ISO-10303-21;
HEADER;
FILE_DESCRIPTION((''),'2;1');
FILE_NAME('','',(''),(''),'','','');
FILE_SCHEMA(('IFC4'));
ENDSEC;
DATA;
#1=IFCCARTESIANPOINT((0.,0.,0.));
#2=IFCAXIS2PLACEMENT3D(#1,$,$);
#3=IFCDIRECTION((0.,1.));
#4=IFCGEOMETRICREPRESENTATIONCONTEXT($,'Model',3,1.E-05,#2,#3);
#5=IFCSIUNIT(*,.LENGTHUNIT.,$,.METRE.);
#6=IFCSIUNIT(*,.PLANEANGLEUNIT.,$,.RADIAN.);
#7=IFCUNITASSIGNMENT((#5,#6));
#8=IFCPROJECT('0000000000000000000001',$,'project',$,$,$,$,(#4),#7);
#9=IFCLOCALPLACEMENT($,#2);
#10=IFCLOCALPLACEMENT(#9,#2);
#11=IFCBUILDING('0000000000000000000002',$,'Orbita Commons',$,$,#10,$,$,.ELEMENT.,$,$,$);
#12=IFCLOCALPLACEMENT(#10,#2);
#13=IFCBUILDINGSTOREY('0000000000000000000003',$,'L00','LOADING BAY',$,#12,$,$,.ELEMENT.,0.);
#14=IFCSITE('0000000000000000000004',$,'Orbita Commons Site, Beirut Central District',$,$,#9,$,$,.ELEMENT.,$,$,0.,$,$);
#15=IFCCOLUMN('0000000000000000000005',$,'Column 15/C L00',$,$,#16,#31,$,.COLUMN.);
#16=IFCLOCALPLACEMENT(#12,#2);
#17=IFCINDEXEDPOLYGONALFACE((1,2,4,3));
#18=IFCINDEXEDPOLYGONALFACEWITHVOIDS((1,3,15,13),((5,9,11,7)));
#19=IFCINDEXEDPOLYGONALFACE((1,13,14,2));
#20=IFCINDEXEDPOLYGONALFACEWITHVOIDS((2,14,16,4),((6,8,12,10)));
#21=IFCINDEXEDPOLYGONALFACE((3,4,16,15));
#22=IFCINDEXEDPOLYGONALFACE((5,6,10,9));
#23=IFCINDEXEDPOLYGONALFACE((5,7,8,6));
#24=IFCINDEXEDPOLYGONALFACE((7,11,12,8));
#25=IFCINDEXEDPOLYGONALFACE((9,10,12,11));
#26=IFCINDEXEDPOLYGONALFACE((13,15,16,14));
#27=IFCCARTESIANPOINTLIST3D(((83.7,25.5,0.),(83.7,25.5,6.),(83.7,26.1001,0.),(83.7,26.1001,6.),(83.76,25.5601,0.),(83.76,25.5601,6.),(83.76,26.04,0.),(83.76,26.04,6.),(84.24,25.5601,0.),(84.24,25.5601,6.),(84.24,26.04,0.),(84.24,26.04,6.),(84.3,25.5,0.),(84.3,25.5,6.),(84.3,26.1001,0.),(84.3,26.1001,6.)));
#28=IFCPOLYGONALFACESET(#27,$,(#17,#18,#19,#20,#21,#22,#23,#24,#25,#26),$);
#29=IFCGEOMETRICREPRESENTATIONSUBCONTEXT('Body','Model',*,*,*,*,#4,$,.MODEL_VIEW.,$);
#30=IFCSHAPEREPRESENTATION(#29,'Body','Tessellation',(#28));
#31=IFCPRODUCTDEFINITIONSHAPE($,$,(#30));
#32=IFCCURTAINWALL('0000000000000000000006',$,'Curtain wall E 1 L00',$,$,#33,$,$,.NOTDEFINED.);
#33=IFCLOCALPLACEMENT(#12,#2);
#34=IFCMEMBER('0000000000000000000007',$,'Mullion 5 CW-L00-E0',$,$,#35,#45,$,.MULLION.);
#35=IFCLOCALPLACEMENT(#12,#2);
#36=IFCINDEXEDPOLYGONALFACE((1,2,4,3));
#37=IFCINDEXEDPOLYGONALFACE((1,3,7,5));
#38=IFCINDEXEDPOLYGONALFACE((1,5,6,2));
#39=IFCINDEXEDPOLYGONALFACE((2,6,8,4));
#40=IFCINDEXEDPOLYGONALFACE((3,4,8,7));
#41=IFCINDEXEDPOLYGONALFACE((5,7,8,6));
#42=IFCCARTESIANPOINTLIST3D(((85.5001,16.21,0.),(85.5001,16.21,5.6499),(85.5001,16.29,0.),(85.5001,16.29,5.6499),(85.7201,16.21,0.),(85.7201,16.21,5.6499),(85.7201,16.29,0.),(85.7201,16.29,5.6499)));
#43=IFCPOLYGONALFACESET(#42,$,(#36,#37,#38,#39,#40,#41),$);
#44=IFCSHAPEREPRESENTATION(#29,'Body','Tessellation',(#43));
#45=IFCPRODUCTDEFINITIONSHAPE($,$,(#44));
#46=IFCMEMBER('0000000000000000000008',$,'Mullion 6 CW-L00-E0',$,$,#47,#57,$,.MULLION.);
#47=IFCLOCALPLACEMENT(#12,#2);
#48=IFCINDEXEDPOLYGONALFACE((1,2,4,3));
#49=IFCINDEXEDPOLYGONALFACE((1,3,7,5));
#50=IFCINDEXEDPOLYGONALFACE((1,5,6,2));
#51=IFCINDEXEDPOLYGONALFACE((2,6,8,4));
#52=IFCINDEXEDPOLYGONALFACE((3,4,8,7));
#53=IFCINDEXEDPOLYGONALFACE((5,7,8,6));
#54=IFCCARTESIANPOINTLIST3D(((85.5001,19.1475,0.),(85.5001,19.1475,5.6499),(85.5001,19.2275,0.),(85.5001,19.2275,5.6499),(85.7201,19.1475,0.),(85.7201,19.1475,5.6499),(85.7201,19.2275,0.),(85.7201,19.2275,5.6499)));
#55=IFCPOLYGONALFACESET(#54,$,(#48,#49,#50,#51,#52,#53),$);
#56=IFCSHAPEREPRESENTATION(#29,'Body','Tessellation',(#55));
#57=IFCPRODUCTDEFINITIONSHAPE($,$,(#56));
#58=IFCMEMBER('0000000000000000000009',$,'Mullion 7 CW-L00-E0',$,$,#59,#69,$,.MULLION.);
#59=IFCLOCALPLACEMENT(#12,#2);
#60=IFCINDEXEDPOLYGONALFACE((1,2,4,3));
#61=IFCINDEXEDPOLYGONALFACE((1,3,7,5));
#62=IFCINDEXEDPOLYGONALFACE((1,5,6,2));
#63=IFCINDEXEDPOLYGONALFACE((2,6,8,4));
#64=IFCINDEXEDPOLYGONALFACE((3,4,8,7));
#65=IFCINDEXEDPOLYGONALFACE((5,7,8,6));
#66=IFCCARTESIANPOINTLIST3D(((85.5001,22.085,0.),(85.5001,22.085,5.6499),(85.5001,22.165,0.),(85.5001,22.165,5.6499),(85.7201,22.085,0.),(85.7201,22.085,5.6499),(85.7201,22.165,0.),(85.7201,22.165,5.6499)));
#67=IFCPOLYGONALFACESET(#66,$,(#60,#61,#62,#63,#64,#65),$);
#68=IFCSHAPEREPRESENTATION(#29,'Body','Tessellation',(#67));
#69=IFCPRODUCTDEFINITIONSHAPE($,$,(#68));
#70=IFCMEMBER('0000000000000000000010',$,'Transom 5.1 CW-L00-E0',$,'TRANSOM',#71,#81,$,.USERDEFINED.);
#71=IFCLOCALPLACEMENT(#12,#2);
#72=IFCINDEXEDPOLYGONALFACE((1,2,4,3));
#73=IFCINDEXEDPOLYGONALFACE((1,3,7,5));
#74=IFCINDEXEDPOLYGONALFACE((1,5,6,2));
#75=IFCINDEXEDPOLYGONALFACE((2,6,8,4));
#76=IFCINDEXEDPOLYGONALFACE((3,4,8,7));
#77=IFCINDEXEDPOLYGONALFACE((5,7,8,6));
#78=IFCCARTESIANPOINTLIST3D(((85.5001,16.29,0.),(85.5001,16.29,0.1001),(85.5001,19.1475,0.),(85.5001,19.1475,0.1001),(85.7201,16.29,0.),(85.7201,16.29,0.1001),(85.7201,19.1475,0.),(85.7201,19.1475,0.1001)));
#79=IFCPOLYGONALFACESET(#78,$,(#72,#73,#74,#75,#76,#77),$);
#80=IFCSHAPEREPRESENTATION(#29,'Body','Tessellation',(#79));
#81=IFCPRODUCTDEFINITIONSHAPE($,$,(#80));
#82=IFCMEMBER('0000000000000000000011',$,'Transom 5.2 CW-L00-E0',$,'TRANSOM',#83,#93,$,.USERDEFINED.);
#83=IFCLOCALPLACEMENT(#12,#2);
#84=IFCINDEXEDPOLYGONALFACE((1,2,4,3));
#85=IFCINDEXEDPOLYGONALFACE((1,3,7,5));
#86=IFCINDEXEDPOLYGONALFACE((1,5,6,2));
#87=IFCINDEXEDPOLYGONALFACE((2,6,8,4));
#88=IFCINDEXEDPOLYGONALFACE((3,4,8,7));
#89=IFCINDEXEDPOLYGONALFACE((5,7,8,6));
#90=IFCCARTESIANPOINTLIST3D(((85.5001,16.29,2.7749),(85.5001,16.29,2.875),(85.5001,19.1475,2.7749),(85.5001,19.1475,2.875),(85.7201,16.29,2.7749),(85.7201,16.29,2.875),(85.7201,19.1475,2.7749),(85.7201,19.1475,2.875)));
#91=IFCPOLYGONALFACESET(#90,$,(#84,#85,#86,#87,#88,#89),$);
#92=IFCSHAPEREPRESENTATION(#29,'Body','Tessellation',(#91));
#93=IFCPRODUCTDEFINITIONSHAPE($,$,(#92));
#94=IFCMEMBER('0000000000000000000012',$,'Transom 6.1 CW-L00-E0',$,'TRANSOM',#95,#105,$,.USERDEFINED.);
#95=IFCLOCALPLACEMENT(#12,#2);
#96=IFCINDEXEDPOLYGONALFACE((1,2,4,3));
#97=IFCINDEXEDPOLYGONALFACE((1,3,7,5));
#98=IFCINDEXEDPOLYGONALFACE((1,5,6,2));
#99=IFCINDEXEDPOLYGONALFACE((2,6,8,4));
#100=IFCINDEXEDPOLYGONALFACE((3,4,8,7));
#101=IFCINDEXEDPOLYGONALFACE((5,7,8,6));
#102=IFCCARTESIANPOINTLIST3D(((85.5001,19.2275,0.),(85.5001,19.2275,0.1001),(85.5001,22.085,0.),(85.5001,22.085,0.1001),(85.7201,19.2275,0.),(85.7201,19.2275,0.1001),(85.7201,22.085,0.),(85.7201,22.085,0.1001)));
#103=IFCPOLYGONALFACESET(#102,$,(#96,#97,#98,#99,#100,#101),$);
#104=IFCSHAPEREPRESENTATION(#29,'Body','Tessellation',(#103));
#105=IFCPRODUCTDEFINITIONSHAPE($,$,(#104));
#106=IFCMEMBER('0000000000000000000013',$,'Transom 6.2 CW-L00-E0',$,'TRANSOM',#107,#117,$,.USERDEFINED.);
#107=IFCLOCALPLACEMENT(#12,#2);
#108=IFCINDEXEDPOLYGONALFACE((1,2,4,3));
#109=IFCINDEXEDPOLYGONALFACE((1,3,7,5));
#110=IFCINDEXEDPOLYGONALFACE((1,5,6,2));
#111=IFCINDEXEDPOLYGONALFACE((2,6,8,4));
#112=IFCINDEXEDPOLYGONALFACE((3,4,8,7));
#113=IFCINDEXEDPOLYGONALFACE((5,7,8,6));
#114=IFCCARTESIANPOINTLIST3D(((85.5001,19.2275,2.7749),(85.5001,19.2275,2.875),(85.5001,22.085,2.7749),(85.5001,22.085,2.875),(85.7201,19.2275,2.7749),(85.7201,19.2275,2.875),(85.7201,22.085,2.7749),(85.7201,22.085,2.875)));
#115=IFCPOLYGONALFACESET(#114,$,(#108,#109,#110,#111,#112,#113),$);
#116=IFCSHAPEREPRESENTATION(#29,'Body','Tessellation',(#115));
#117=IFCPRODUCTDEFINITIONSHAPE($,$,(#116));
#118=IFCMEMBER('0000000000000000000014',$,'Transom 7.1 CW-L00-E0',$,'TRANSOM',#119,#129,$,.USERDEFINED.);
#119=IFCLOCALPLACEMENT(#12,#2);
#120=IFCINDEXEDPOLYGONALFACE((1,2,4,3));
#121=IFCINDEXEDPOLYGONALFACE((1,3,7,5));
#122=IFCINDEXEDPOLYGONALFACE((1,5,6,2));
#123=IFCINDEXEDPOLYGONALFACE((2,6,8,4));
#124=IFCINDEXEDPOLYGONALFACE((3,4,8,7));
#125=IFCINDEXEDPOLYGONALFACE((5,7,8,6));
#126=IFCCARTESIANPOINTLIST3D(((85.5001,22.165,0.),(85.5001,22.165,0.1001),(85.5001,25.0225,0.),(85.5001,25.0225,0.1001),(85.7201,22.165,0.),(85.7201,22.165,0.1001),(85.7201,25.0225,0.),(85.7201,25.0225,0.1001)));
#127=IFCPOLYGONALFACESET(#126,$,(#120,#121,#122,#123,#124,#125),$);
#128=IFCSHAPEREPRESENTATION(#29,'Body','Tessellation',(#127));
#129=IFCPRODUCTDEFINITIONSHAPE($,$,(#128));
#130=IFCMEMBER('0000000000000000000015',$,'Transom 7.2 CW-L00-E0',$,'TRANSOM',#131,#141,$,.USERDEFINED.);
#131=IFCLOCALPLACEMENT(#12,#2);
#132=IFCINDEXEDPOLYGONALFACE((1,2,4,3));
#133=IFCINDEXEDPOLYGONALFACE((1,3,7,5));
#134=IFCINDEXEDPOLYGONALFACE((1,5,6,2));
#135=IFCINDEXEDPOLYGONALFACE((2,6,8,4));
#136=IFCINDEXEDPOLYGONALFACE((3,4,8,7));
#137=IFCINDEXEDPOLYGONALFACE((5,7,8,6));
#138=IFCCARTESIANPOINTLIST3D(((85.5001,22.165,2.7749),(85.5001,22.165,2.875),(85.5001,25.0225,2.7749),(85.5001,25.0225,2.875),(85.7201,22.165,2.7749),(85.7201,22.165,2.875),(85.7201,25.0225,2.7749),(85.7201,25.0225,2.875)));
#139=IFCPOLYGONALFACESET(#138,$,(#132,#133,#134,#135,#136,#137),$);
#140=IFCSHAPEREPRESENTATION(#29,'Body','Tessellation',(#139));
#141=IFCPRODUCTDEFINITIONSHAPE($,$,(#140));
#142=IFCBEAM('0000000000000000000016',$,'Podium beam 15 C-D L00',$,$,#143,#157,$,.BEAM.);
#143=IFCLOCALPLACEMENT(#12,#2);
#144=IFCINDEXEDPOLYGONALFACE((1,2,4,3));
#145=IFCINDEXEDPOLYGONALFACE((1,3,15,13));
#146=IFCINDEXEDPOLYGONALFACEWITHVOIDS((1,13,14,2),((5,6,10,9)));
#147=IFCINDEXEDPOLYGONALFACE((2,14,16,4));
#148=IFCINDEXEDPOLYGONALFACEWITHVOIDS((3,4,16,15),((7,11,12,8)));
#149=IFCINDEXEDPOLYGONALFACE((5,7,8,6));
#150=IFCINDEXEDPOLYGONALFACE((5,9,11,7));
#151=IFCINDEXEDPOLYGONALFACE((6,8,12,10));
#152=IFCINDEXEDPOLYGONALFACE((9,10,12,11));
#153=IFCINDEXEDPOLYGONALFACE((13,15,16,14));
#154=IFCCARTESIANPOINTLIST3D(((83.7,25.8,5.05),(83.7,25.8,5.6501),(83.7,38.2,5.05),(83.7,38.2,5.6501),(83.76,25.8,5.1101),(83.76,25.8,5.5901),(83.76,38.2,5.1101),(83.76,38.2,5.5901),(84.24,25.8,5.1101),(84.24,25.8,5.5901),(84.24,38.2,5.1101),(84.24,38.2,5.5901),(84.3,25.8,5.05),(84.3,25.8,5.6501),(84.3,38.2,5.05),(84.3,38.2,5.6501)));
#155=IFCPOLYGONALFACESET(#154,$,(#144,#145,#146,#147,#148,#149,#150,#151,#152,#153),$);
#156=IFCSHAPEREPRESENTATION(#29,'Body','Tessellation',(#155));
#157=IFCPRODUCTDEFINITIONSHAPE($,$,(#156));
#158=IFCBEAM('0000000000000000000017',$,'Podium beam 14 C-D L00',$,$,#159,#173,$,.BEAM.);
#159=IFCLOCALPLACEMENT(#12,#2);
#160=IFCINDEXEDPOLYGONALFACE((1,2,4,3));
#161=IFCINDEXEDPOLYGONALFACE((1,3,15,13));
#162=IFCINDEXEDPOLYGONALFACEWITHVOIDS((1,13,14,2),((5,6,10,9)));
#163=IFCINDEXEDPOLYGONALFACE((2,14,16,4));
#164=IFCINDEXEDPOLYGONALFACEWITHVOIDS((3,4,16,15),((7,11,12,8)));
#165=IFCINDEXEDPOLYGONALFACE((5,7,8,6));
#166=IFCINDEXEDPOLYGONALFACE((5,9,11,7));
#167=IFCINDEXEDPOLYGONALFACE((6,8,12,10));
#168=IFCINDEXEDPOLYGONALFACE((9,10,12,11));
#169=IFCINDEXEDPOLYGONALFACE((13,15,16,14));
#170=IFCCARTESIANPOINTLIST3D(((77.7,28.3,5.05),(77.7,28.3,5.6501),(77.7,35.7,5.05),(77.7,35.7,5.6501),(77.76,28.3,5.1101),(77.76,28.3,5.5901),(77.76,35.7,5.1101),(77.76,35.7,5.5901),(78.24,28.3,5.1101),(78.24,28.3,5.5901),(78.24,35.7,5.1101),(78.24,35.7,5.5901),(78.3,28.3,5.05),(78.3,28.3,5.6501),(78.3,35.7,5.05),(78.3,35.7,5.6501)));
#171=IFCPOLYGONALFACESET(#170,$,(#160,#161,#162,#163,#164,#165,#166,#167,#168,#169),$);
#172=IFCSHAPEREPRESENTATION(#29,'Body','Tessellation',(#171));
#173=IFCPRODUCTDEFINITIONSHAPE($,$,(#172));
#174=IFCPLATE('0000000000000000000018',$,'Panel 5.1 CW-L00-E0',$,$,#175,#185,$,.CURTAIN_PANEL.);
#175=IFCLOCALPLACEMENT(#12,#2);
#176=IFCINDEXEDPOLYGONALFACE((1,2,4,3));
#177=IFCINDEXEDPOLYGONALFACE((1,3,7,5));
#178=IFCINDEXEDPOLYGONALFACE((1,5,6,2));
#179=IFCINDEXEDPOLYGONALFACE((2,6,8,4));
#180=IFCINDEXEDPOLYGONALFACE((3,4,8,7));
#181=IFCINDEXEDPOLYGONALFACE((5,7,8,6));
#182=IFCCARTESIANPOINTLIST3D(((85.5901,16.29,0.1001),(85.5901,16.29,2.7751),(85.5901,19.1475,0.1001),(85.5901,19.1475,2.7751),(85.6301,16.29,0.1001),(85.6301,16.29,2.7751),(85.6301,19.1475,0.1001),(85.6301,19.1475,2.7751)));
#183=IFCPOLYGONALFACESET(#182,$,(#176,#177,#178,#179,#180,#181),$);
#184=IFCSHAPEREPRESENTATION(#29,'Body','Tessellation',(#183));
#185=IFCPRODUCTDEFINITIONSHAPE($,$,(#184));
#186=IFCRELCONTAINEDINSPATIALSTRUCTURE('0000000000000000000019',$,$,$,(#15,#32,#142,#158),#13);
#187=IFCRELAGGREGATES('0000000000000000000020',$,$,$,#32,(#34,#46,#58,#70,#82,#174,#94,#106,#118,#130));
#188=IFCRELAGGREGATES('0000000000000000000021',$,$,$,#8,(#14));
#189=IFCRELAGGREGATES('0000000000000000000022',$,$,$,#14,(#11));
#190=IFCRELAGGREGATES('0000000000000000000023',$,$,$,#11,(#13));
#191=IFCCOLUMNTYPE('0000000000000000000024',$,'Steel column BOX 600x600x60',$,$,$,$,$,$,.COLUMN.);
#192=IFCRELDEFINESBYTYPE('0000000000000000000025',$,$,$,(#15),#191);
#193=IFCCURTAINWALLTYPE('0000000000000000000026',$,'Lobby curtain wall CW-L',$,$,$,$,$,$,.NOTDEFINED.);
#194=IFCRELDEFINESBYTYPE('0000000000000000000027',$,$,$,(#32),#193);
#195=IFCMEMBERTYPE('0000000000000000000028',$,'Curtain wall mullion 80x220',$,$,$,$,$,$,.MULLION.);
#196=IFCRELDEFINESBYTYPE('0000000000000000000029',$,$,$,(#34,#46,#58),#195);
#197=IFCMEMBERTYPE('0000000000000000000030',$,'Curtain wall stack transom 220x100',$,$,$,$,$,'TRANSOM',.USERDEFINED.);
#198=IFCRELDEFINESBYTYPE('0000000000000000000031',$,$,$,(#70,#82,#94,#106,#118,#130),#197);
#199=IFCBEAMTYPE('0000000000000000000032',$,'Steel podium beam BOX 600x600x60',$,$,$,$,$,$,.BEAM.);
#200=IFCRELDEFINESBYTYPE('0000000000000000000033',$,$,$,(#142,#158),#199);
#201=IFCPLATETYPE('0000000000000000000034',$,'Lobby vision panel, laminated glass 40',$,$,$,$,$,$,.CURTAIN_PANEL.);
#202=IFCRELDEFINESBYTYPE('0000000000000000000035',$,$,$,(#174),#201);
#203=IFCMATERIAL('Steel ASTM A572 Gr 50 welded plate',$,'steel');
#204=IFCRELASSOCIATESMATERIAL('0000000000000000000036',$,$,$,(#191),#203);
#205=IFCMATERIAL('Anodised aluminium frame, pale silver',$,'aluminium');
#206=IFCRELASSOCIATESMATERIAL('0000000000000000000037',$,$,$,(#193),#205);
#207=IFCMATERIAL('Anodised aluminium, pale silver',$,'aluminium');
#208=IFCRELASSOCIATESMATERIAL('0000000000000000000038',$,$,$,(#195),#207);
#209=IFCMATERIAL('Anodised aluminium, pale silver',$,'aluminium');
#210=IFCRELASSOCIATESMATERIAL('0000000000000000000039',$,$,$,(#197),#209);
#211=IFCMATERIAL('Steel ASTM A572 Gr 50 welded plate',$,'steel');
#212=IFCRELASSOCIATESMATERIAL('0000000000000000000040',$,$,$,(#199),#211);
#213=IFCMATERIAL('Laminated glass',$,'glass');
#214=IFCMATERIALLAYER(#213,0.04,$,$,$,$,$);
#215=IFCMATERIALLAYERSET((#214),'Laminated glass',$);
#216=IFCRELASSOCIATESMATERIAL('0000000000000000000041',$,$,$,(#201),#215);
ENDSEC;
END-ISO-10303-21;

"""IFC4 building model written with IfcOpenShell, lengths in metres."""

from ifc_helpers import new_model, si_unit, direction, frame, origin, origin_2d, place, context, subcontext, project, spatial, rectangle, hollow_rectangle, extrude, material, layer, layer_set, material_profile, profile_set, type_object, element, aggregate, save


model = new_model("IFC4")

# Units and contexts
model_context = context("Model", 3, precision=1e-05, world=origin(), true_north=direction((0.0, 1.0)))
body_context = subcontext(model_context, "Body", "Model", "MODEL_VIEW")
ifc_project = project(units=[si_unit("LENGTHUNIT", "METRE"), si_unit("PLANEANGLEUNIT", "RADIAN")], contexts=[model_context])

# Site, building, storey
site_placement = place(None, origin())
site = spatial("IfcSite", under=ifc_project, at=site_placement, Name="Orbita Commons Site, Beirut Central District", CompositionType="ELEMENT", RefElevation=0.0)
building_placement = place(site_placement, origin())
building = spatial("IfcBuilding", under=site, at=building_placement, Name="Orbita Commons", CompositionType="ELEMENT")
storey_placement = place(building_placement, origin())
storey = spatial("IfcBuildingStorey", under=building, at=storey_placement, Name="L00", Description="LOADING BAY", CompositionType="ELEMENT", Elevation=0.0)

# Column
ifc_material_1 = material(Name="Steel ASTM A572 Gr 50 welded plate", Category="steel")
ifc_material_profile_1 = material_profile(ifc_material_1, hollow_rectangle(XDim=0.6001, YDim=0.6001, WallThickness=0.0601, at=origin_2d()), Name="BOX 600x600x60")
ifc_profile_set_1 = profile_set([ifc_material_profile_1], Name="Steel ASTM A572 Gr 50 welded plate")
column_type = type_object("IfcColumnType", Name="Steel column BOX 600x600x60", PredefinedType="COLUMN", material=ifc_profile_set_1)
column_placement = place(storey_placement, frame((84.0, 25.8, 0.0), z_axis=(0.0, 0.0, 1.0), x_axis=(1.0, 0.0, 0.0)))
element("IfcColumn", 1, at=column_placement, inside=storey, type_object=column_type, Name="Column 15/C L00", PredefinedType="COLUMN", context=body_context, shape_type="SweptSolid", body=[
    extrude(hollow_rectangle(XDim=0.6001, YDim=0.6001, WallThickness=0.0601, at=origin_2d()), origin(), (0.0, 0.0, 1.0), 6.0),
])

# Curtain wall, members
ifc_material_2 = material(Name="Anodised aluminium frame, pale silver", Category="aluminium")
curtain_wall_type = type_object("IfcCurtainWallType", Name="Lobby curtain wall CW-L", PredefinedType="NOTDEFINED", material=ifc_material_2)
curtain_wall_placement = place(storey_placement, origin())
curtain_wall = element("IfcCurtainWall", 2, at=curtain_wall_placement, inside=storey, type_object=curtain_wall_type, Name="Curtain wall E 1 L00", PredefinedType="NOTDEFINED")
ifc_material_3 = material(Name="Anodised aluminium, pale silver", Category="aluminium")
ifc_material_profile_2 = material_profile(ifc_material_3, rectangle(XDim=0.0801, YDim=0.22, at=origin_2d()), Name="AL 80x220")
ifc_profile_set_2 = profile_set([ifc_material_profile_2], Name="Anodised aluminium, pale silver")
member_type_1 = type_object("IfcMemberType", Name="Curtain wall mullion 80x220", PredefinedType="MULLION", material=ifc_profile_set_2)
member_1_placement = place(storey_placement, frame((85.6101, 16.25, 0.0), z_axis=(0.0, 0.0, 1.0), x_axis=(0.0, 1.0, 0.0)))
member_1 = element("IfcMember", 3, at=member_1_placement, type_object=member_type_1, Name="Mullion 5 CW-L00-E0", PredefinedType="MULLION", context=body_context, shape_type="SweptSolid", body=[
    extrude(rectangle(XDim=0.0801, YDim=0.22, at=origin_2d()), origin(), (0.0, 0.0, 1.0), 5.6499),
])
member_2_placement = place(storey_placement, frame((85.6101, 19.1875, 0.0), z_axis=(0.0, 0.0, 1.0), x_axis=(0.0, 1.0, 0.0)))
member_2 = element("IfcMember", 4, at=member_2_placement, type_object=member_type_1, Name="Mullion 6 CW-L00-E0", PredefinedType="MULLION", context=body_context, shape_type="SweptSolid", body=[
    extrude(rectangle(XDim=0.0801, YDim=0.22, at=origin_2d()), origin(), (0.0, 0.0, 1.0), 5.6499),
])
member_3_placement = place(storey_placement, frame((85.6101, 22.125, 0.0), z_axis=(0.0, 0.0, 1.0), x_axis=(0.0, 1.0, 0.0)))
member_3 = element("IfcMember", 5, at=member_3_placement, type_object=member_type_1, Name="Mullion 7 CW-L00-E0", PredefinedType="MULLION", context=body_context, shape_type="SweptSolid", body=[
    extrude(rectangle(XDim=0.0801, YDim=0.22, at=origin_2d()), origin(), (0.0, 0.0, 1.0), 5.6499),
])
ifc_material_4 = material(Name="Anodised aluminium, pale silver", Category="aluminium")
ifc_material_profile_3 = material_profile(ifc_material_4, rectangle(XDim=0.22, YDim=0.1001, at=origin_2d()), Name="AL 220x100")
ifc_profile_set_3 = profile_set([ifc_material_profile_3], Name="Anodised aluminium, pale silver")
member_type_2 = type_object("IfcMemberType", Name="Curtain wall stack transom 220x100", ElementType="TRANSOM", PredefinedType="USERDEFINED", material=ifc_profile_set_3)
member_4_placement = place(storey_placement, frame((85.6101, 16.29, 0.05), z_axis=(0.0, 1.0, 0.0), x_axis=(-1.0, 0.0, 0.0)))
member_4 = element("IfcMember", 6, at=member_4_placement, type_object=member_type_2, Name="Transom 5.1 CW-L00-E0", ObjectType="TRANSOM", PredefinedType="USERDEFINED", context=body_context, shape_type="SweptSolid", body=[
    extrude(rectangle(XDim=0.22, YDim=0.1001, at=origin_2d()), origin(), (0.0, 0.0, 1.0), 2.8574),
])
member_5_placement = place(storey_placement, frame((85.6101, 16.29, 2.825), z_axis=(0.0, 1.0, 0.0), x_axis=(-1.0, 0.0, 0.0)))
member_5 = element("IfcMember", 7, at=member_5_placement, type_object=member_type_2, Name="Transom 5.2 CW-L00-E0", ObjectType="TRANSOM", PredefinedType="USERDEFINED", context=body_context, shape_type="SweptSolid", body=[
    extrude(rectangle(XDim=0.22, YDim=0.1001, at=origin_2d()), origin(), (0.0, 0.0, 1.0), 2.8574),
])
member_6_placement = place(storey_placement, frame((85.6101, 19.2275, 0.05), z_axis=(0.0, 1.0, 0.0), x_axis=(-1.0, 0.0, 0.0)))
member_6 = element("IfcMember", 8, at=member_6_placement, type_object=member_type_2, Name="Transom 6.1 CW-L00-E0", ObjectType="TRANSOM", PredefinedType="USERDEFINED", context=body_context, shape_type="SweptSolid", body=[
    extrude(rectangle(XDim=0.22, YDim=0.1001, at=origin_2d()), origin(), (0.0, 0.0, 1.0), 2.8574),
])
member_7_placement = place(storey_placement, frame((85.6101, 19.2275, 2.825), z_axis=(0.0, 1.0, 0.0), x_axis=(-1.0, 0.0, 0.0)))
member_7 = element("IfcMember", 9, at=member_7_placement, type_object=member_type_2, Name="Transom 6.2 CW-L00-E0", ObjectType="TRANSOM", PredefinedType="USERDEFINED", context=body_context, shape_type="SweptSolid", body=[
    extrude(rectangle(XDim=0.22, YDim=0.1001, at=origin_2d()), origin(), (0.0, 0.0, 1.0), 2.8574),
])
member_8_placement = place(storey_placement, frame((85.6101, 22.165, 0.05), z_axis=(0.0, 1.0, 0.0), x_axis=(-1.0, 0.0, 0.0)))
member_8 = element("IfcMember", 10, at=member_8_placement, type_object=member_type_2, Name="Transom 7.1 CW-L00-E0", ObjectType="TRANSOM", PredefinedType="USERDEFINED", context=body_context, shape_type="SweptSolid", body=[
    extrude(rectangle(XDim=0.22, YDim=0.1001, at=origin_2d()), origin(), (0.0, 0.0, 1.0), 2.8574),
])
member_9_placement = place(storey_placement, frame((85.6101, 22.165, 2.825), z_axis=(0.0, 1.0, 0.0), x_axis=(-1.0, 0.0, 0.0)))
member_9 = element("IfcMember", 11, at=member_9_placement, type_object=member_type_2, Name="Transom 7.2 CW-L00-E0", ObjectType="TRANSOM", PredefinedType="USERDEFINED", context=body_context, shape_type="SweptSolid", body=[
    extrude(rectangle(XDim=0.22, YDim=0.1001, at=origin_2d()), origin(), (0.0, 0.0, 1.0), 2.8574),
])

# Beams
ifc_material_5 = material(Name="Steel ASTM A572 Gr 50 welded plate", Category="steel")
ifc_material_profile_4 = material_profile(ifc_material_5, hollow_rectangle(XDim=0.6001, YDim=0.6001, WallThickness=0.0601, at=origin_2d()), Name="BOX 600x600x60")
ifc_profile_set_4 = profile_set([ifc_material_profile_4], Name="Steel ASTM A572 Gr 50 welded plate")
beam_type = type_object("IfcBeamType", Name="Steel podium beam BOX 600x600x60", PredefinedType="BEAM", material=ifc_profile_set_4)
beam_1_placement = place(storey_placement, frame((84.0, 25.8, 5.3501), z_axis=(0.0, 1.0, 0.0), x_axis=(-1.0, 0.0, 0.0)))
element("IfcBeam", 12, at=beam_1_placement, inside=storey, type_object=beam_type, Name="Podium beam 15 C-D L00", PredefinedType="BEAM", context=body_context, shape_type="SweptSolid", body=[
    extrude(hollow_rectangle(XDim=0.6001, YDim=0.6001, WallThickness=0.0601, at=origin_2d()), origin(), (0.0, 0.0, 1.0), 12.3999),
])
beam_2_placement = place(storey_placement, frame((78.0, 28.3, 5.3501), z_axis=(0.0, 1.0, 0.0), x_axis=(-1.0, 0.0, 0.0)))
element("IfcBeam", 13, at=beam_2_placement, inside=storey, type_object=beam_type, Name="Podium beam 14 C-D L00", PredefinedType="BEAM", context=body_context, shape_type="SweptSolid", body=[
    extrude(hollow_rectangle(XDim=0.6001, YDim=0.6001, WallThickness=0.0601, at=origin_2d()), origin(), (0.0, 0.0, 1.0), 7.3999),
])

# Plate
ifc_material_6 = material(Name="Laminated glass", Category="glass")
ifc_layer_1 = layer(ifc_material_6, 0.04)
ifc_layer_set_1 = layer_set([ifc_layer_1], Name="Laminated glass")
plate_type = type_object("IfcPlateType", Name="Lobby vision panel, laminated glass 40", PredefinedType="CURTAIN_PANEL", material=ifc_layer_set_1)
plate_1_placement = place(storey_placement, frame((85.6101, 17.7188, 0.1001), z_axis=(0.0, 0.0, 1.0), x_axis=(0.0, 1.0, 0.0)))
plate_1 = element("IfcPlate", 14, at=plate_1_placement, type_object=plate_type, Name="Panel 5.1 CW-L00-E0", PredefinedType="CURTAIN_PANEL", context=body_context, shape_type="SweptSolid", body=[
    extrude(rectangle(XDim=2.8574, YDim=0.04, at=origin_2d()), origin(), (0.0, 0.0, 1.0), 2.675),
])
aggregate(curtain_wall, [member_1, member_2, member_3, member_4, member_5, plate_1, member_6, member_7, member_8, member_9])

save(model, "model.ifc")
